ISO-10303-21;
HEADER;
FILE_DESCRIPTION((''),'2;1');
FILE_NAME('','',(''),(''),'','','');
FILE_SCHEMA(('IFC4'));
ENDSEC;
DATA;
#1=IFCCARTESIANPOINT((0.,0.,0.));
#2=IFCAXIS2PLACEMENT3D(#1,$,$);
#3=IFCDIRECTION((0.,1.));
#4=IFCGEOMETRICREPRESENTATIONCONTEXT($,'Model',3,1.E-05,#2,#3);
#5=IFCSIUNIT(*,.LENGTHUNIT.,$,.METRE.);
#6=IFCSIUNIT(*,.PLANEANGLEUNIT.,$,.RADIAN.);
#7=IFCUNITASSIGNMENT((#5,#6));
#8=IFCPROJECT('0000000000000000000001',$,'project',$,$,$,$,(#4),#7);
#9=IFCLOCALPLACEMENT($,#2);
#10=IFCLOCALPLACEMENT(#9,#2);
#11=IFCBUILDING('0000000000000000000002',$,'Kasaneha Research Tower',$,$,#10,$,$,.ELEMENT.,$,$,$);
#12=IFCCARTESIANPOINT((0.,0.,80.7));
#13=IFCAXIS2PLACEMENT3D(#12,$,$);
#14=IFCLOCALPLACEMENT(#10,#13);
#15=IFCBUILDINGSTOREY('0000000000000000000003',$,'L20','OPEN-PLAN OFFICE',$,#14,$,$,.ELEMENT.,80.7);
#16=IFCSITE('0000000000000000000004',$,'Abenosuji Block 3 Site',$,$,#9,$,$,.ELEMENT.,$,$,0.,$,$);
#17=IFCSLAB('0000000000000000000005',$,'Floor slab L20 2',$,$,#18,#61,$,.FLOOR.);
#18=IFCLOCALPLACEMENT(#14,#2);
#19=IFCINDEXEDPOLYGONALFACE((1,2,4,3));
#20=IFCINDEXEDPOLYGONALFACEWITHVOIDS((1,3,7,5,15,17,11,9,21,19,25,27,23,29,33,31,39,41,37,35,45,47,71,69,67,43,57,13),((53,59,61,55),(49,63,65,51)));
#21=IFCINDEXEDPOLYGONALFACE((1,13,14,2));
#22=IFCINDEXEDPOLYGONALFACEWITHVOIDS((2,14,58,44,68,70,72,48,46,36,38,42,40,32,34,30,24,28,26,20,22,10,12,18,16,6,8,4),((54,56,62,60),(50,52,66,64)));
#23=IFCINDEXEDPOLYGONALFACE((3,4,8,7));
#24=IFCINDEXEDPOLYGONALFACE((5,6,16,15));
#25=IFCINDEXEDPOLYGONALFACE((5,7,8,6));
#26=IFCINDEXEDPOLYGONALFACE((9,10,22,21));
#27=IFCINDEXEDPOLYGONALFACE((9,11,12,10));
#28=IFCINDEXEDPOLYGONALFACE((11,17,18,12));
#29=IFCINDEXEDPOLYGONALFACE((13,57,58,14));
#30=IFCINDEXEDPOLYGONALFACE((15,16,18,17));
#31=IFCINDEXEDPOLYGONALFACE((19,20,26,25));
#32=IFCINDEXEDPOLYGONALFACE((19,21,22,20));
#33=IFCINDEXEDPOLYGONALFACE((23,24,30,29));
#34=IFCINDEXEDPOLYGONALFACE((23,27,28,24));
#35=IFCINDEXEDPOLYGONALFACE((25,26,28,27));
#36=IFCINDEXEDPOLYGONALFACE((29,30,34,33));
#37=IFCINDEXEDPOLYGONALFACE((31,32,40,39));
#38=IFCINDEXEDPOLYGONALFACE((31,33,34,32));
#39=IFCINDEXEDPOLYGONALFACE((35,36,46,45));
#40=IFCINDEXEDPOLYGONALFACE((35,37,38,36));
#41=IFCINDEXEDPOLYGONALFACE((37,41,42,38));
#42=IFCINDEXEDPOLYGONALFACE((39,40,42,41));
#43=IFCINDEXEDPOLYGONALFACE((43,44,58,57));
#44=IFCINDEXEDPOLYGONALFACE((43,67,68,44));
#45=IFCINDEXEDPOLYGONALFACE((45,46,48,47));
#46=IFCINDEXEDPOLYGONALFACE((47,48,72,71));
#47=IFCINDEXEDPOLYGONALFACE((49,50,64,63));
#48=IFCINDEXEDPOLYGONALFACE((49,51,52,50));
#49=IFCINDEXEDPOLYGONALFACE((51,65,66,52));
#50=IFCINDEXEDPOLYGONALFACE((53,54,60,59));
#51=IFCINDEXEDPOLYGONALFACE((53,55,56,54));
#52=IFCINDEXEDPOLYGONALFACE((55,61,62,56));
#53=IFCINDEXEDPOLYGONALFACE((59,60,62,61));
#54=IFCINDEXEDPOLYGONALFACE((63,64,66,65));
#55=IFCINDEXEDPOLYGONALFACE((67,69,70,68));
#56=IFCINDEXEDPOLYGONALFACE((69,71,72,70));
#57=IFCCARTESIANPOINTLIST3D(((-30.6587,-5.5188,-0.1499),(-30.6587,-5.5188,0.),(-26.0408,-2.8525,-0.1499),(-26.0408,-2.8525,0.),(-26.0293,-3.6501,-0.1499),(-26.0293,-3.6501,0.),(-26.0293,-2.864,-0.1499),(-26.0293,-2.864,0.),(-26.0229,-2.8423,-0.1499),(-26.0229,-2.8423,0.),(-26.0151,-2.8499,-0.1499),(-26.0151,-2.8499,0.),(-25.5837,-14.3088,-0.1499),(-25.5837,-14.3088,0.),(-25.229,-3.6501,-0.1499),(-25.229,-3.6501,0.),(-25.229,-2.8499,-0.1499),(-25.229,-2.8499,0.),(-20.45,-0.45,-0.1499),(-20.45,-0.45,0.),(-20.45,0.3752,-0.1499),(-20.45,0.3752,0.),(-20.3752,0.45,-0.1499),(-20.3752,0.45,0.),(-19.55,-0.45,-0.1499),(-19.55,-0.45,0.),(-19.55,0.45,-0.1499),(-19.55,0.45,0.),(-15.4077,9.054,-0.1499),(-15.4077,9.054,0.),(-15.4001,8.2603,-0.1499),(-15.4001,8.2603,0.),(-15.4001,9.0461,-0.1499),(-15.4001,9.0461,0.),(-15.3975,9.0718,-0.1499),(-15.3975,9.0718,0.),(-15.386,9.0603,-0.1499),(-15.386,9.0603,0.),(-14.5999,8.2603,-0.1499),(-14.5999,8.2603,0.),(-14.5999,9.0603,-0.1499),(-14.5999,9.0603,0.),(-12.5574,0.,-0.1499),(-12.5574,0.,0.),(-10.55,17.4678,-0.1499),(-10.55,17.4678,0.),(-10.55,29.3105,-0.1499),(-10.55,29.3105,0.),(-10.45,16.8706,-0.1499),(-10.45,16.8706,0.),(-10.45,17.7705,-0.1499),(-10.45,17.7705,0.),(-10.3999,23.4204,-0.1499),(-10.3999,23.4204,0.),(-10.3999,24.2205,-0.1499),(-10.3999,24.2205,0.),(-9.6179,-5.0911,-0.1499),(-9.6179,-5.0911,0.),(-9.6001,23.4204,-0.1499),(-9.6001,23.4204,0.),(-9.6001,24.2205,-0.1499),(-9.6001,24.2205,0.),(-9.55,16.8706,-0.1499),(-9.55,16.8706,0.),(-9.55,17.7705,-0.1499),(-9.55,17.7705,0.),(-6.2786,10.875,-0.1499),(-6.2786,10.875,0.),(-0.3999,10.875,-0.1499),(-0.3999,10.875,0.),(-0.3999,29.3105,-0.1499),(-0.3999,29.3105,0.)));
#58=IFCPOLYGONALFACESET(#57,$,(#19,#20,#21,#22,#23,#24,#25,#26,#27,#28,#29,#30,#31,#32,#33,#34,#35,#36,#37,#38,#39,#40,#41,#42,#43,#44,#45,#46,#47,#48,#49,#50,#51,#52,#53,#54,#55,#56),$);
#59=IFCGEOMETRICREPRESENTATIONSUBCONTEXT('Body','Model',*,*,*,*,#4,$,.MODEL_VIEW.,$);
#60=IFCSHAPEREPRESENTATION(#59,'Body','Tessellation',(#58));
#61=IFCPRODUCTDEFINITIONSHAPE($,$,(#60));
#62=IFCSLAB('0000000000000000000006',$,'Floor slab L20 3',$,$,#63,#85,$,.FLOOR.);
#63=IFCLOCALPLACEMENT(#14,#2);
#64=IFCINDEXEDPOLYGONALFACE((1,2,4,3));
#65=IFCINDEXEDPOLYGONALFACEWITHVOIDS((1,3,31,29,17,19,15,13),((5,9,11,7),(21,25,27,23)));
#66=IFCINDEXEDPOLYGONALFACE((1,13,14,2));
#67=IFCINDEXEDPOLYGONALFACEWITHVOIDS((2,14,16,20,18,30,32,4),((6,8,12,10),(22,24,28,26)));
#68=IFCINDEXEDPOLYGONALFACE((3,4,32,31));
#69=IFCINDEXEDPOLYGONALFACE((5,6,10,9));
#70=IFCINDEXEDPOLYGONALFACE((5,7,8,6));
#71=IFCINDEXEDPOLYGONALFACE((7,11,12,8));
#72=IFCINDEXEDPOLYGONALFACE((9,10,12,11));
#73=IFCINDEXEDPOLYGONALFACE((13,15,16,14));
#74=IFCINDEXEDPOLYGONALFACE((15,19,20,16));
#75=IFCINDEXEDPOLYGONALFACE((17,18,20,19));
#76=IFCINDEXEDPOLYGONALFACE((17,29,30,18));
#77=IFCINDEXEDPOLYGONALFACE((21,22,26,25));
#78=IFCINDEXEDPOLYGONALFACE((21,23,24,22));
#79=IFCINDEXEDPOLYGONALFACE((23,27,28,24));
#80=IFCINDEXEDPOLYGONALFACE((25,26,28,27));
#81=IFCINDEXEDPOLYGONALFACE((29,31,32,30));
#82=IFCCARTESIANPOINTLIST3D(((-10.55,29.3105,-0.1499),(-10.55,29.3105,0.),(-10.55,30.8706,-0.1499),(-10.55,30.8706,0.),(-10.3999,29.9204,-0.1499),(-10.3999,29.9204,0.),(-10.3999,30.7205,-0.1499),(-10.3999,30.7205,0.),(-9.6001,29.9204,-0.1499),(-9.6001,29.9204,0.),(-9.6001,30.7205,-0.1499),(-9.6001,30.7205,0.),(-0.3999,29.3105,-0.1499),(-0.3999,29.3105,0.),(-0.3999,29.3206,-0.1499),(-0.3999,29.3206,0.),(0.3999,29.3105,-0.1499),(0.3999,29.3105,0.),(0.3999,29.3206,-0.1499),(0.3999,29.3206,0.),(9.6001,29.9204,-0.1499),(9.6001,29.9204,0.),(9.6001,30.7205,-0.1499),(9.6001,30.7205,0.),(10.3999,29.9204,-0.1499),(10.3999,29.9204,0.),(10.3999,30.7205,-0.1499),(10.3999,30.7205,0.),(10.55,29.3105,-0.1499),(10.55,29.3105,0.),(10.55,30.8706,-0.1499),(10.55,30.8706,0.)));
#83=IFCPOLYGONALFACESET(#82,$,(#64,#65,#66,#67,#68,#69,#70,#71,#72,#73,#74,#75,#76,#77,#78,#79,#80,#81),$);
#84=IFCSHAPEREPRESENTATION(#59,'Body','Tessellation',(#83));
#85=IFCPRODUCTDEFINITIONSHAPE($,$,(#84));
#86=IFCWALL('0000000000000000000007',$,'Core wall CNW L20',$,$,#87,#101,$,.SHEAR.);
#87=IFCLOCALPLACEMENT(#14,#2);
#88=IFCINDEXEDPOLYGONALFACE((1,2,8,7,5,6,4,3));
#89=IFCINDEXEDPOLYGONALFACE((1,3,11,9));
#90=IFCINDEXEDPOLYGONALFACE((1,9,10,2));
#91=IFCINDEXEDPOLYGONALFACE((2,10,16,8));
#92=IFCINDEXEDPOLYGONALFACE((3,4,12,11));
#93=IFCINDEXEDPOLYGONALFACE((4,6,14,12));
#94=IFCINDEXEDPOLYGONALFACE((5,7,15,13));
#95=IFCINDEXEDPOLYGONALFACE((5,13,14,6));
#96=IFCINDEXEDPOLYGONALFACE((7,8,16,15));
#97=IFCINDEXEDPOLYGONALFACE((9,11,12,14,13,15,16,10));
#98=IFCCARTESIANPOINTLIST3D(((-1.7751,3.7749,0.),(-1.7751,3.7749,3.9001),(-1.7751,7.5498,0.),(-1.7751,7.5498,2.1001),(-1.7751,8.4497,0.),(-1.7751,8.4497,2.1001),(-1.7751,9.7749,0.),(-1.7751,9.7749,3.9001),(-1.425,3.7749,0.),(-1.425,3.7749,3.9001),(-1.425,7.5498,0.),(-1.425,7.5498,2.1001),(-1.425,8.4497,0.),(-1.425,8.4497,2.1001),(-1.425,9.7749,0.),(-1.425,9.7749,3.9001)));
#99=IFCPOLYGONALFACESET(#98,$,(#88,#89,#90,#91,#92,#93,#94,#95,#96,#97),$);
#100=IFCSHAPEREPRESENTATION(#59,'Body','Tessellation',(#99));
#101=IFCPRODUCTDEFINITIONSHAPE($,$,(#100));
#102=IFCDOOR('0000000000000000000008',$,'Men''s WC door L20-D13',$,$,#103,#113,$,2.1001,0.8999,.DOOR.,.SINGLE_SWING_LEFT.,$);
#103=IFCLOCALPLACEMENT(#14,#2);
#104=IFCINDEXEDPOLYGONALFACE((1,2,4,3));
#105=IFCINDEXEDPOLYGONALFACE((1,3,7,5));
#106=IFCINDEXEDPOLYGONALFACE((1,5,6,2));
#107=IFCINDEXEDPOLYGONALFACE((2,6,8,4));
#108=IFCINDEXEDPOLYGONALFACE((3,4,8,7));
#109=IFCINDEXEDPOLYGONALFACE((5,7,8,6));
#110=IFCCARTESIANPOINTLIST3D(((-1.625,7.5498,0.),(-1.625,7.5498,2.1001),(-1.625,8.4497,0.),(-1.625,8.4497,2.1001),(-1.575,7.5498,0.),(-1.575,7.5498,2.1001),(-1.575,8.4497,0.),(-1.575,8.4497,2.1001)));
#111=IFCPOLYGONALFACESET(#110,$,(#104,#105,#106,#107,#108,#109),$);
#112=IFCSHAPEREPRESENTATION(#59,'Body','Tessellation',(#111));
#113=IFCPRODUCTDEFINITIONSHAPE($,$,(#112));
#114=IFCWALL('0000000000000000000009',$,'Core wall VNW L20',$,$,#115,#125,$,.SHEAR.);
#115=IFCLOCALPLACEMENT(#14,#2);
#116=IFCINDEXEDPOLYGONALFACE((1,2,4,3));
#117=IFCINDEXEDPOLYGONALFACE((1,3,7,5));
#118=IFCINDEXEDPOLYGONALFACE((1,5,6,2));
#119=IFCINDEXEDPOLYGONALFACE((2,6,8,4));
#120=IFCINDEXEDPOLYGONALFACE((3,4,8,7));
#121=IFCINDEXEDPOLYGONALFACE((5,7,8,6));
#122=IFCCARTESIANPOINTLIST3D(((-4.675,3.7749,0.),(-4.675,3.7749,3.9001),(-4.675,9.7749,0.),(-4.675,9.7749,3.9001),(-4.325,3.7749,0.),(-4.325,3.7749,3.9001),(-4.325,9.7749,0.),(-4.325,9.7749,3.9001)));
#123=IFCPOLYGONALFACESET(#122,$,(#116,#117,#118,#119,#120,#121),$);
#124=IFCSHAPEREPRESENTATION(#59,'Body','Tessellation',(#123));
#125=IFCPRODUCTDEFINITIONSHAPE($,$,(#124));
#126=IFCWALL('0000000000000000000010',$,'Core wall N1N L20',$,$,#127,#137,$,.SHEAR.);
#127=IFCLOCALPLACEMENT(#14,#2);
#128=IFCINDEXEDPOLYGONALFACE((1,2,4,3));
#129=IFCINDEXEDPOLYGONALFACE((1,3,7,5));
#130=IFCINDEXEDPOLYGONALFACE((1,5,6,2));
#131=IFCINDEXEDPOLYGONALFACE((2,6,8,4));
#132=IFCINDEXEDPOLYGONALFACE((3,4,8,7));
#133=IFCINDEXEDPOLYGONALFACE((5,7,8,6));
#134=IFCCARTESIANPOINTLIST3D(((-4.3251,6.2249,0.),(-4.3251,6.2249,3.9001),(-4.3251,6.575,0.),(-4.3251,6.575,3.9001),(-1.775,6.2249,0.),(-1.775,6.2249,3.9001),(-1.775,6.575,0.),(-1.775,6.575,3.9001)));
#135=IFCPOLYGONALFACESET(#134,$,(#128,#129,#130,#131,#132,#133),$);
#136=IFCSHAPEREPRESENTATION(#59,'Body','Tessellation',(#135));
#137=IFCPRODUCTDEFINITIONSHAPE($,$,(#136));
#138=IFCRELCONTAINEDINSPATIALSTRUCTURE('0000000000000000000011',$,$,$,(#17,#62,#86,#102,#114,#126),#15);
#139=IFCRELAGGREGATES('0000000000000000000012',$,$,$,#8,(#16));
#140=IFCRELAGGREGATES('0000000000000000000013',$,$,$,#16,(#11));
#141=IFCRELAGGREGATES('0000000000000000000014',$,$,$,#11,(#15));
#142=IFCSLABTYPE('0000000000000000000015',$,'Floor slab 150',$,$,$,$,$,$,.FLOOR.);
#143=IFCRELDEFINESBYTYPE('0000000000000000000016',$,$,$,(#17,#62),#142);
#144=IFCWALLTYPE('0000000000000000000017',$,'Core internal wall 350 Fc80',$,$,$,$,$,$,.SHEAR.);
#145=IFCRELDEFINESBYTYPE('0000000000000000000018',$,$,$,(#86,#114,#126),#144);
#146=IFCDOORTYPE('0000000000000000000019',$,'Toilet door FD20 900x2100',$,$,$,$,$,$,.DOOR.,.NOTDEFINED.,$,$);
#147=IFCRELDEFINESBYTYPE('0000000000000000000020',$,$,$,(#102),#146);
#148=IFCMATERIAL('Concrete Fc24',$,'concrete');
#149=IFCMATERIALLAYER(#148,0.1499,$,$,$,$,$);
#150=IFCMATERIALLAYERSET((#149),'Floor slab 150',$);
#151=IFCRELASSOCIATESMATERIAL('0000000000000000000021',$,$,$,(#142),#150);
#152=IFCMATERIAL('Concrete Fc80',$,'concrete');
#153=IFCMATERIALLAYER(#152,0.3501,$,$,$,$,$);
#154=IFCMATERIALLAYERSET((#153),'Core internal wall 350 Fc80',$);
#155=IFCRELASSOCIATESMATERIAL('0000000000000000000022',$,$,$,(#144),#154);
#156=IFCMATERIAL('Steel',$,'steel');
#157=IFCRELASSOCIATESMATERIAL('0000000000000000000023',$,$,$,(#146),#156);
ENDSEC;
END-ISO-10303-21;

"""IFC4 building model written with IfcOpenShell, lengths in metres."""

from ifc_helpers import new_model, si_unit, direction, frame, frame_2d, origin, place, context, subcontext, project, spatial, polyline, rectangle, outline, extrude, material, layer, layer_set, type_object, element, fill, save


model = new_model("IFC4")

# Units and contexts
model_context = context("Model", 3, precision=1e-05, world=origin(), true_north=direction((0.0, 1.0)))
body_context = subcontext(model_context, "Body", "Model", "MODEL_VIEW")
ifc_project = project(units=[si_unit("LENGTHUNIT", "METRE"), si_unit("PLANEANGLEUNIT", "RADIAN")], contexts=[model_context])

# Site, building, storey
site_placement = place(None, origin())
site = spatial("IfcSite", under=ifc_project, at=site_placement, Name="Abenosuji Block 3 Site", CompositionType="ELEMENT", RefElevation=0.0)
building_placement = place(site_placement, origin())
building = spatial("IfcBuilding", under=site, at=building_placement, Name="Kasaneha Research Tower", CompositionType="ELEMENT")
storey_placement = place(building_placement, frame((0.0, 0.0, 80.7)))
storey = spatial("IfcBuildingStorey", under=building, at=storey_placement, Name="L20", Description="OPEN-PLAN OFFICE", CompositionType="ELEMENT", Elevation=80.7)

# Slabs
ifc_material_1 = material(Name="Concrete Fc24", Category="concrete")
ifc_layer_1 = layer(ifc_material_1, 0.1499)
ifc_layer_set_1 = layer_set([ifc_layer_1], Name="Floor slab 150")
slab_type = type_object("IfcSlabType", Name="Floor slab 150", PredefinedType="FLOOR", material=ifc_layer_set_1)
slab_1_placement = place(storey_placement, frame((0.0, 0.0, -0.1499)))
element("IfcSlab", 1, at=slab_1_placement, inside=storey, type_object=slab_type, Name="Floor slab L20 2", PredefinedType="FLOOR", context=body_context, shape_type="SweptSolid", body=[
    extrude(outline(polyline([(-20.3752, 0.45), (-15.4077, 9.054), (-15.4001, 9.0461), (-15.4001, 8.2603), (-14.5999, 8.2603), (-14.5999, 9.0603), (-15.386, 9.0603), (-15.3975, 9.0718), (-10.55, 17.4678), (-10.55, 29.3105), (-0.3999, 29.3105), (-0.3999, 10.875), (-6.2786, 10.875), (-12.5574, 0.0), (-9.6179, -5.0911), (-25.5837, -14.3088), (-30.6587, -5.5188), (-26.0408, -2.8525), (-26.0293, -2.864), (-26.0293, -3.6501), (-25.229, -3.6501), (-25.229, -2.8499), (-26.0151, -2.8499), (-26.0229, -2.8423), (-20.45, 0.3752), (-20.45, -0.45), (-19.55, -0.45), (-19.55, 0.45), (-20.3752, 0.45)]), holes=[polyline([(-9.55, 17.7705), (-10.45, 17.7705), (-10.45, 16.8706), (-9.55, 16.8706), (-9.55, 17.7705)]), polyline([(-9.6001, 23.4204), (-9.6001, 24.2205), (-10.3999, 24.2205), (-10.3999, 23.4204), (-9.6001, 23.4204)])]), origin(), (0.0, 0.0, 1.0), 0.1499),
])
slab_2_placement = place(storey_placement, frame((0.0, 0.0, -0.1499)))
element("IfcSlab", 2, at=slab_2_placement, inside=storey, type_object=slab_type, Name="Floor slab L20 3", PredefinedType="FLOOR", context=body_context, shape_type="SweptSolid", body=[
    extrude(outline(polyline([(10.55, 29.3105), (0.3999, 29.3105), (0.3999, 29.3206), (-0.3999, 29.3206), (-0.3999, 29.3105), (-10.55, 29.3105), (-10.55, 30.8706), (10.55, 30.8706), (10.55, 29.3105)]), holes=[polyline([(-9.6001, 30.7205), (-10.3999, 30.7205), (-10.3999, 29.9204), (-9.6001, 29.9204), (-9.6001, 30.7205)]), polyline([(10.3999, 29.9204), (10.3999, 30.7205), (9.6001, 30.7205), (9.6001, 29.9204), (10.3999, 29.9204)])]), origin(), (0.0, 0.0, 1.0), 0.1499),
])

# Shared definitions
ifc_material_2 = material(Name="Concrete Fc80", Category="concrete")
ifc_layer_2 = layer(ifc_material_2, 0.3501)
ifc_layer_set_2 = layer_set([ifc_layer_2], Name="Core internal wall 350 Fc80")
wall_type_1 = type_object("IfcWallType", Name="Core internal wall 350 Fc80", PredefinedType="SHEAR", material=ifc_layer_set_2)

# Wall, opening, door
wall_1_placement = place(storey_placement, frame((-1.6001, 3.7749, 0.0), z_axis=(0.0, 0.0, 1.0), x_axis=(0.0, 1.0, 0.0)))
wall_1 = element("IfcWall", 3, at=wall_1_placement, inside=storey, type_object=wall_type_1, Name="Core wall CNW L20", PredefinedType="SHEAR", context=body_context, shape_type="SweptSolid", body=[
    extrude(rectangle(XDim=6.0, YDim=0.3501, at=frame_2d((3.0, 0.0))), origin(), (0.0, 0.0, 1.0), 3.9001),
])
opening_1_placement = place(wall_1_placement, frame((3.7749, 0.0, 0.0)))
opening_1 = element("IfcOpeningElement", 4, at=opening_1_placement, cuts=wall_1, PredefinedType="OPENING", context=body_context, shape_type="SweptSolid", body=[
    extrude(rectangle(XDim=0.8999, YDim=2.1001, at=frame_2d((0.45, 1.05))), frame((0.0, 0.1851, 0.0), z_axis=(0.0, -1.0, 0.0), x_axis=(1.0, 0.0, 0.0)), (0.0, 0.0, 1.0), 0.3701),
])
ifc_material_3 = material(Name="Steel", Category="steel")
door_type_1 = type_object("IfcDoorType", Name="Toilet door FD20 900x2100", OperationType="NOTDEFINED", PredefinedType="DOOR", material=ifc_material_3)
door_1_placement = place(opening_1_placement, origin())
door_1 = element("IfcDoor", 5, at=door_1_placement, inside=storey, type_object=door_type_1, Name="Men's WC door L20-D13", OperationType="SINGLE_SWING_LEFT", OverallHeight=2.1001, OverallWidth=0.8999, PredefinedType="DOOR", context=body_context, shape_type="SweptSolid", body=[
    extrude(rectangle(XDim=0.8999, YDim=2.1001, at=frame_2d((0.45, 1.05))), frame((0.0, 0.0249, 0.0), z_axis=(0.0, -1.0, 0.0), x_axis=(1.0, 0.0, 0.0)), (0.0, 0.0, 1.0), 0.05),
])
fill(opening_1, door_1)

# Walls
wall_2_placement = place(storey_placement, frame((-4.5, 3.7749, 0.0), z_axis=(0.0, 0.0, 1.0), x_axis=(0.0, 1.0, 0.0)))
element("IfcWall", 6, at=wall_2_placement, inside=storey, type_object=wall_type_1, Name="Core wall VNW L20", PredefinedType="SHEAR", context=body_context, shape_type="SweptSolid", body=[
    extrude(rectangle(XDim=6.0, YDim=0.3501, at=frame_2d((3.0, 0.0))), origin(), (0.0, 0.0, 1.0), 3.9001),
])
wall_3_placement = place(storey_placement, frame((-4.325, 6.3999, 0.0), z_axis=(0.0, 0.0, 1.0), x_axis=(1.0, 0.0, 0.0)))
element("IfcWall", 7, at=wall_3_placement, inside=storey, type_object=wall_type_1, Name="Core wall N1N L20", PredefinedType="SHEAR", context=body_context, shape_type="SweptSolid", body=[
    extrude(rectangle(XDim=2.55, YDim=0.3501, at=frame_2d((1.2749, 0.0))), origin(), (0.0, 0.0, 1.0), 3.9001),
])

save(model, "model.ifc")
